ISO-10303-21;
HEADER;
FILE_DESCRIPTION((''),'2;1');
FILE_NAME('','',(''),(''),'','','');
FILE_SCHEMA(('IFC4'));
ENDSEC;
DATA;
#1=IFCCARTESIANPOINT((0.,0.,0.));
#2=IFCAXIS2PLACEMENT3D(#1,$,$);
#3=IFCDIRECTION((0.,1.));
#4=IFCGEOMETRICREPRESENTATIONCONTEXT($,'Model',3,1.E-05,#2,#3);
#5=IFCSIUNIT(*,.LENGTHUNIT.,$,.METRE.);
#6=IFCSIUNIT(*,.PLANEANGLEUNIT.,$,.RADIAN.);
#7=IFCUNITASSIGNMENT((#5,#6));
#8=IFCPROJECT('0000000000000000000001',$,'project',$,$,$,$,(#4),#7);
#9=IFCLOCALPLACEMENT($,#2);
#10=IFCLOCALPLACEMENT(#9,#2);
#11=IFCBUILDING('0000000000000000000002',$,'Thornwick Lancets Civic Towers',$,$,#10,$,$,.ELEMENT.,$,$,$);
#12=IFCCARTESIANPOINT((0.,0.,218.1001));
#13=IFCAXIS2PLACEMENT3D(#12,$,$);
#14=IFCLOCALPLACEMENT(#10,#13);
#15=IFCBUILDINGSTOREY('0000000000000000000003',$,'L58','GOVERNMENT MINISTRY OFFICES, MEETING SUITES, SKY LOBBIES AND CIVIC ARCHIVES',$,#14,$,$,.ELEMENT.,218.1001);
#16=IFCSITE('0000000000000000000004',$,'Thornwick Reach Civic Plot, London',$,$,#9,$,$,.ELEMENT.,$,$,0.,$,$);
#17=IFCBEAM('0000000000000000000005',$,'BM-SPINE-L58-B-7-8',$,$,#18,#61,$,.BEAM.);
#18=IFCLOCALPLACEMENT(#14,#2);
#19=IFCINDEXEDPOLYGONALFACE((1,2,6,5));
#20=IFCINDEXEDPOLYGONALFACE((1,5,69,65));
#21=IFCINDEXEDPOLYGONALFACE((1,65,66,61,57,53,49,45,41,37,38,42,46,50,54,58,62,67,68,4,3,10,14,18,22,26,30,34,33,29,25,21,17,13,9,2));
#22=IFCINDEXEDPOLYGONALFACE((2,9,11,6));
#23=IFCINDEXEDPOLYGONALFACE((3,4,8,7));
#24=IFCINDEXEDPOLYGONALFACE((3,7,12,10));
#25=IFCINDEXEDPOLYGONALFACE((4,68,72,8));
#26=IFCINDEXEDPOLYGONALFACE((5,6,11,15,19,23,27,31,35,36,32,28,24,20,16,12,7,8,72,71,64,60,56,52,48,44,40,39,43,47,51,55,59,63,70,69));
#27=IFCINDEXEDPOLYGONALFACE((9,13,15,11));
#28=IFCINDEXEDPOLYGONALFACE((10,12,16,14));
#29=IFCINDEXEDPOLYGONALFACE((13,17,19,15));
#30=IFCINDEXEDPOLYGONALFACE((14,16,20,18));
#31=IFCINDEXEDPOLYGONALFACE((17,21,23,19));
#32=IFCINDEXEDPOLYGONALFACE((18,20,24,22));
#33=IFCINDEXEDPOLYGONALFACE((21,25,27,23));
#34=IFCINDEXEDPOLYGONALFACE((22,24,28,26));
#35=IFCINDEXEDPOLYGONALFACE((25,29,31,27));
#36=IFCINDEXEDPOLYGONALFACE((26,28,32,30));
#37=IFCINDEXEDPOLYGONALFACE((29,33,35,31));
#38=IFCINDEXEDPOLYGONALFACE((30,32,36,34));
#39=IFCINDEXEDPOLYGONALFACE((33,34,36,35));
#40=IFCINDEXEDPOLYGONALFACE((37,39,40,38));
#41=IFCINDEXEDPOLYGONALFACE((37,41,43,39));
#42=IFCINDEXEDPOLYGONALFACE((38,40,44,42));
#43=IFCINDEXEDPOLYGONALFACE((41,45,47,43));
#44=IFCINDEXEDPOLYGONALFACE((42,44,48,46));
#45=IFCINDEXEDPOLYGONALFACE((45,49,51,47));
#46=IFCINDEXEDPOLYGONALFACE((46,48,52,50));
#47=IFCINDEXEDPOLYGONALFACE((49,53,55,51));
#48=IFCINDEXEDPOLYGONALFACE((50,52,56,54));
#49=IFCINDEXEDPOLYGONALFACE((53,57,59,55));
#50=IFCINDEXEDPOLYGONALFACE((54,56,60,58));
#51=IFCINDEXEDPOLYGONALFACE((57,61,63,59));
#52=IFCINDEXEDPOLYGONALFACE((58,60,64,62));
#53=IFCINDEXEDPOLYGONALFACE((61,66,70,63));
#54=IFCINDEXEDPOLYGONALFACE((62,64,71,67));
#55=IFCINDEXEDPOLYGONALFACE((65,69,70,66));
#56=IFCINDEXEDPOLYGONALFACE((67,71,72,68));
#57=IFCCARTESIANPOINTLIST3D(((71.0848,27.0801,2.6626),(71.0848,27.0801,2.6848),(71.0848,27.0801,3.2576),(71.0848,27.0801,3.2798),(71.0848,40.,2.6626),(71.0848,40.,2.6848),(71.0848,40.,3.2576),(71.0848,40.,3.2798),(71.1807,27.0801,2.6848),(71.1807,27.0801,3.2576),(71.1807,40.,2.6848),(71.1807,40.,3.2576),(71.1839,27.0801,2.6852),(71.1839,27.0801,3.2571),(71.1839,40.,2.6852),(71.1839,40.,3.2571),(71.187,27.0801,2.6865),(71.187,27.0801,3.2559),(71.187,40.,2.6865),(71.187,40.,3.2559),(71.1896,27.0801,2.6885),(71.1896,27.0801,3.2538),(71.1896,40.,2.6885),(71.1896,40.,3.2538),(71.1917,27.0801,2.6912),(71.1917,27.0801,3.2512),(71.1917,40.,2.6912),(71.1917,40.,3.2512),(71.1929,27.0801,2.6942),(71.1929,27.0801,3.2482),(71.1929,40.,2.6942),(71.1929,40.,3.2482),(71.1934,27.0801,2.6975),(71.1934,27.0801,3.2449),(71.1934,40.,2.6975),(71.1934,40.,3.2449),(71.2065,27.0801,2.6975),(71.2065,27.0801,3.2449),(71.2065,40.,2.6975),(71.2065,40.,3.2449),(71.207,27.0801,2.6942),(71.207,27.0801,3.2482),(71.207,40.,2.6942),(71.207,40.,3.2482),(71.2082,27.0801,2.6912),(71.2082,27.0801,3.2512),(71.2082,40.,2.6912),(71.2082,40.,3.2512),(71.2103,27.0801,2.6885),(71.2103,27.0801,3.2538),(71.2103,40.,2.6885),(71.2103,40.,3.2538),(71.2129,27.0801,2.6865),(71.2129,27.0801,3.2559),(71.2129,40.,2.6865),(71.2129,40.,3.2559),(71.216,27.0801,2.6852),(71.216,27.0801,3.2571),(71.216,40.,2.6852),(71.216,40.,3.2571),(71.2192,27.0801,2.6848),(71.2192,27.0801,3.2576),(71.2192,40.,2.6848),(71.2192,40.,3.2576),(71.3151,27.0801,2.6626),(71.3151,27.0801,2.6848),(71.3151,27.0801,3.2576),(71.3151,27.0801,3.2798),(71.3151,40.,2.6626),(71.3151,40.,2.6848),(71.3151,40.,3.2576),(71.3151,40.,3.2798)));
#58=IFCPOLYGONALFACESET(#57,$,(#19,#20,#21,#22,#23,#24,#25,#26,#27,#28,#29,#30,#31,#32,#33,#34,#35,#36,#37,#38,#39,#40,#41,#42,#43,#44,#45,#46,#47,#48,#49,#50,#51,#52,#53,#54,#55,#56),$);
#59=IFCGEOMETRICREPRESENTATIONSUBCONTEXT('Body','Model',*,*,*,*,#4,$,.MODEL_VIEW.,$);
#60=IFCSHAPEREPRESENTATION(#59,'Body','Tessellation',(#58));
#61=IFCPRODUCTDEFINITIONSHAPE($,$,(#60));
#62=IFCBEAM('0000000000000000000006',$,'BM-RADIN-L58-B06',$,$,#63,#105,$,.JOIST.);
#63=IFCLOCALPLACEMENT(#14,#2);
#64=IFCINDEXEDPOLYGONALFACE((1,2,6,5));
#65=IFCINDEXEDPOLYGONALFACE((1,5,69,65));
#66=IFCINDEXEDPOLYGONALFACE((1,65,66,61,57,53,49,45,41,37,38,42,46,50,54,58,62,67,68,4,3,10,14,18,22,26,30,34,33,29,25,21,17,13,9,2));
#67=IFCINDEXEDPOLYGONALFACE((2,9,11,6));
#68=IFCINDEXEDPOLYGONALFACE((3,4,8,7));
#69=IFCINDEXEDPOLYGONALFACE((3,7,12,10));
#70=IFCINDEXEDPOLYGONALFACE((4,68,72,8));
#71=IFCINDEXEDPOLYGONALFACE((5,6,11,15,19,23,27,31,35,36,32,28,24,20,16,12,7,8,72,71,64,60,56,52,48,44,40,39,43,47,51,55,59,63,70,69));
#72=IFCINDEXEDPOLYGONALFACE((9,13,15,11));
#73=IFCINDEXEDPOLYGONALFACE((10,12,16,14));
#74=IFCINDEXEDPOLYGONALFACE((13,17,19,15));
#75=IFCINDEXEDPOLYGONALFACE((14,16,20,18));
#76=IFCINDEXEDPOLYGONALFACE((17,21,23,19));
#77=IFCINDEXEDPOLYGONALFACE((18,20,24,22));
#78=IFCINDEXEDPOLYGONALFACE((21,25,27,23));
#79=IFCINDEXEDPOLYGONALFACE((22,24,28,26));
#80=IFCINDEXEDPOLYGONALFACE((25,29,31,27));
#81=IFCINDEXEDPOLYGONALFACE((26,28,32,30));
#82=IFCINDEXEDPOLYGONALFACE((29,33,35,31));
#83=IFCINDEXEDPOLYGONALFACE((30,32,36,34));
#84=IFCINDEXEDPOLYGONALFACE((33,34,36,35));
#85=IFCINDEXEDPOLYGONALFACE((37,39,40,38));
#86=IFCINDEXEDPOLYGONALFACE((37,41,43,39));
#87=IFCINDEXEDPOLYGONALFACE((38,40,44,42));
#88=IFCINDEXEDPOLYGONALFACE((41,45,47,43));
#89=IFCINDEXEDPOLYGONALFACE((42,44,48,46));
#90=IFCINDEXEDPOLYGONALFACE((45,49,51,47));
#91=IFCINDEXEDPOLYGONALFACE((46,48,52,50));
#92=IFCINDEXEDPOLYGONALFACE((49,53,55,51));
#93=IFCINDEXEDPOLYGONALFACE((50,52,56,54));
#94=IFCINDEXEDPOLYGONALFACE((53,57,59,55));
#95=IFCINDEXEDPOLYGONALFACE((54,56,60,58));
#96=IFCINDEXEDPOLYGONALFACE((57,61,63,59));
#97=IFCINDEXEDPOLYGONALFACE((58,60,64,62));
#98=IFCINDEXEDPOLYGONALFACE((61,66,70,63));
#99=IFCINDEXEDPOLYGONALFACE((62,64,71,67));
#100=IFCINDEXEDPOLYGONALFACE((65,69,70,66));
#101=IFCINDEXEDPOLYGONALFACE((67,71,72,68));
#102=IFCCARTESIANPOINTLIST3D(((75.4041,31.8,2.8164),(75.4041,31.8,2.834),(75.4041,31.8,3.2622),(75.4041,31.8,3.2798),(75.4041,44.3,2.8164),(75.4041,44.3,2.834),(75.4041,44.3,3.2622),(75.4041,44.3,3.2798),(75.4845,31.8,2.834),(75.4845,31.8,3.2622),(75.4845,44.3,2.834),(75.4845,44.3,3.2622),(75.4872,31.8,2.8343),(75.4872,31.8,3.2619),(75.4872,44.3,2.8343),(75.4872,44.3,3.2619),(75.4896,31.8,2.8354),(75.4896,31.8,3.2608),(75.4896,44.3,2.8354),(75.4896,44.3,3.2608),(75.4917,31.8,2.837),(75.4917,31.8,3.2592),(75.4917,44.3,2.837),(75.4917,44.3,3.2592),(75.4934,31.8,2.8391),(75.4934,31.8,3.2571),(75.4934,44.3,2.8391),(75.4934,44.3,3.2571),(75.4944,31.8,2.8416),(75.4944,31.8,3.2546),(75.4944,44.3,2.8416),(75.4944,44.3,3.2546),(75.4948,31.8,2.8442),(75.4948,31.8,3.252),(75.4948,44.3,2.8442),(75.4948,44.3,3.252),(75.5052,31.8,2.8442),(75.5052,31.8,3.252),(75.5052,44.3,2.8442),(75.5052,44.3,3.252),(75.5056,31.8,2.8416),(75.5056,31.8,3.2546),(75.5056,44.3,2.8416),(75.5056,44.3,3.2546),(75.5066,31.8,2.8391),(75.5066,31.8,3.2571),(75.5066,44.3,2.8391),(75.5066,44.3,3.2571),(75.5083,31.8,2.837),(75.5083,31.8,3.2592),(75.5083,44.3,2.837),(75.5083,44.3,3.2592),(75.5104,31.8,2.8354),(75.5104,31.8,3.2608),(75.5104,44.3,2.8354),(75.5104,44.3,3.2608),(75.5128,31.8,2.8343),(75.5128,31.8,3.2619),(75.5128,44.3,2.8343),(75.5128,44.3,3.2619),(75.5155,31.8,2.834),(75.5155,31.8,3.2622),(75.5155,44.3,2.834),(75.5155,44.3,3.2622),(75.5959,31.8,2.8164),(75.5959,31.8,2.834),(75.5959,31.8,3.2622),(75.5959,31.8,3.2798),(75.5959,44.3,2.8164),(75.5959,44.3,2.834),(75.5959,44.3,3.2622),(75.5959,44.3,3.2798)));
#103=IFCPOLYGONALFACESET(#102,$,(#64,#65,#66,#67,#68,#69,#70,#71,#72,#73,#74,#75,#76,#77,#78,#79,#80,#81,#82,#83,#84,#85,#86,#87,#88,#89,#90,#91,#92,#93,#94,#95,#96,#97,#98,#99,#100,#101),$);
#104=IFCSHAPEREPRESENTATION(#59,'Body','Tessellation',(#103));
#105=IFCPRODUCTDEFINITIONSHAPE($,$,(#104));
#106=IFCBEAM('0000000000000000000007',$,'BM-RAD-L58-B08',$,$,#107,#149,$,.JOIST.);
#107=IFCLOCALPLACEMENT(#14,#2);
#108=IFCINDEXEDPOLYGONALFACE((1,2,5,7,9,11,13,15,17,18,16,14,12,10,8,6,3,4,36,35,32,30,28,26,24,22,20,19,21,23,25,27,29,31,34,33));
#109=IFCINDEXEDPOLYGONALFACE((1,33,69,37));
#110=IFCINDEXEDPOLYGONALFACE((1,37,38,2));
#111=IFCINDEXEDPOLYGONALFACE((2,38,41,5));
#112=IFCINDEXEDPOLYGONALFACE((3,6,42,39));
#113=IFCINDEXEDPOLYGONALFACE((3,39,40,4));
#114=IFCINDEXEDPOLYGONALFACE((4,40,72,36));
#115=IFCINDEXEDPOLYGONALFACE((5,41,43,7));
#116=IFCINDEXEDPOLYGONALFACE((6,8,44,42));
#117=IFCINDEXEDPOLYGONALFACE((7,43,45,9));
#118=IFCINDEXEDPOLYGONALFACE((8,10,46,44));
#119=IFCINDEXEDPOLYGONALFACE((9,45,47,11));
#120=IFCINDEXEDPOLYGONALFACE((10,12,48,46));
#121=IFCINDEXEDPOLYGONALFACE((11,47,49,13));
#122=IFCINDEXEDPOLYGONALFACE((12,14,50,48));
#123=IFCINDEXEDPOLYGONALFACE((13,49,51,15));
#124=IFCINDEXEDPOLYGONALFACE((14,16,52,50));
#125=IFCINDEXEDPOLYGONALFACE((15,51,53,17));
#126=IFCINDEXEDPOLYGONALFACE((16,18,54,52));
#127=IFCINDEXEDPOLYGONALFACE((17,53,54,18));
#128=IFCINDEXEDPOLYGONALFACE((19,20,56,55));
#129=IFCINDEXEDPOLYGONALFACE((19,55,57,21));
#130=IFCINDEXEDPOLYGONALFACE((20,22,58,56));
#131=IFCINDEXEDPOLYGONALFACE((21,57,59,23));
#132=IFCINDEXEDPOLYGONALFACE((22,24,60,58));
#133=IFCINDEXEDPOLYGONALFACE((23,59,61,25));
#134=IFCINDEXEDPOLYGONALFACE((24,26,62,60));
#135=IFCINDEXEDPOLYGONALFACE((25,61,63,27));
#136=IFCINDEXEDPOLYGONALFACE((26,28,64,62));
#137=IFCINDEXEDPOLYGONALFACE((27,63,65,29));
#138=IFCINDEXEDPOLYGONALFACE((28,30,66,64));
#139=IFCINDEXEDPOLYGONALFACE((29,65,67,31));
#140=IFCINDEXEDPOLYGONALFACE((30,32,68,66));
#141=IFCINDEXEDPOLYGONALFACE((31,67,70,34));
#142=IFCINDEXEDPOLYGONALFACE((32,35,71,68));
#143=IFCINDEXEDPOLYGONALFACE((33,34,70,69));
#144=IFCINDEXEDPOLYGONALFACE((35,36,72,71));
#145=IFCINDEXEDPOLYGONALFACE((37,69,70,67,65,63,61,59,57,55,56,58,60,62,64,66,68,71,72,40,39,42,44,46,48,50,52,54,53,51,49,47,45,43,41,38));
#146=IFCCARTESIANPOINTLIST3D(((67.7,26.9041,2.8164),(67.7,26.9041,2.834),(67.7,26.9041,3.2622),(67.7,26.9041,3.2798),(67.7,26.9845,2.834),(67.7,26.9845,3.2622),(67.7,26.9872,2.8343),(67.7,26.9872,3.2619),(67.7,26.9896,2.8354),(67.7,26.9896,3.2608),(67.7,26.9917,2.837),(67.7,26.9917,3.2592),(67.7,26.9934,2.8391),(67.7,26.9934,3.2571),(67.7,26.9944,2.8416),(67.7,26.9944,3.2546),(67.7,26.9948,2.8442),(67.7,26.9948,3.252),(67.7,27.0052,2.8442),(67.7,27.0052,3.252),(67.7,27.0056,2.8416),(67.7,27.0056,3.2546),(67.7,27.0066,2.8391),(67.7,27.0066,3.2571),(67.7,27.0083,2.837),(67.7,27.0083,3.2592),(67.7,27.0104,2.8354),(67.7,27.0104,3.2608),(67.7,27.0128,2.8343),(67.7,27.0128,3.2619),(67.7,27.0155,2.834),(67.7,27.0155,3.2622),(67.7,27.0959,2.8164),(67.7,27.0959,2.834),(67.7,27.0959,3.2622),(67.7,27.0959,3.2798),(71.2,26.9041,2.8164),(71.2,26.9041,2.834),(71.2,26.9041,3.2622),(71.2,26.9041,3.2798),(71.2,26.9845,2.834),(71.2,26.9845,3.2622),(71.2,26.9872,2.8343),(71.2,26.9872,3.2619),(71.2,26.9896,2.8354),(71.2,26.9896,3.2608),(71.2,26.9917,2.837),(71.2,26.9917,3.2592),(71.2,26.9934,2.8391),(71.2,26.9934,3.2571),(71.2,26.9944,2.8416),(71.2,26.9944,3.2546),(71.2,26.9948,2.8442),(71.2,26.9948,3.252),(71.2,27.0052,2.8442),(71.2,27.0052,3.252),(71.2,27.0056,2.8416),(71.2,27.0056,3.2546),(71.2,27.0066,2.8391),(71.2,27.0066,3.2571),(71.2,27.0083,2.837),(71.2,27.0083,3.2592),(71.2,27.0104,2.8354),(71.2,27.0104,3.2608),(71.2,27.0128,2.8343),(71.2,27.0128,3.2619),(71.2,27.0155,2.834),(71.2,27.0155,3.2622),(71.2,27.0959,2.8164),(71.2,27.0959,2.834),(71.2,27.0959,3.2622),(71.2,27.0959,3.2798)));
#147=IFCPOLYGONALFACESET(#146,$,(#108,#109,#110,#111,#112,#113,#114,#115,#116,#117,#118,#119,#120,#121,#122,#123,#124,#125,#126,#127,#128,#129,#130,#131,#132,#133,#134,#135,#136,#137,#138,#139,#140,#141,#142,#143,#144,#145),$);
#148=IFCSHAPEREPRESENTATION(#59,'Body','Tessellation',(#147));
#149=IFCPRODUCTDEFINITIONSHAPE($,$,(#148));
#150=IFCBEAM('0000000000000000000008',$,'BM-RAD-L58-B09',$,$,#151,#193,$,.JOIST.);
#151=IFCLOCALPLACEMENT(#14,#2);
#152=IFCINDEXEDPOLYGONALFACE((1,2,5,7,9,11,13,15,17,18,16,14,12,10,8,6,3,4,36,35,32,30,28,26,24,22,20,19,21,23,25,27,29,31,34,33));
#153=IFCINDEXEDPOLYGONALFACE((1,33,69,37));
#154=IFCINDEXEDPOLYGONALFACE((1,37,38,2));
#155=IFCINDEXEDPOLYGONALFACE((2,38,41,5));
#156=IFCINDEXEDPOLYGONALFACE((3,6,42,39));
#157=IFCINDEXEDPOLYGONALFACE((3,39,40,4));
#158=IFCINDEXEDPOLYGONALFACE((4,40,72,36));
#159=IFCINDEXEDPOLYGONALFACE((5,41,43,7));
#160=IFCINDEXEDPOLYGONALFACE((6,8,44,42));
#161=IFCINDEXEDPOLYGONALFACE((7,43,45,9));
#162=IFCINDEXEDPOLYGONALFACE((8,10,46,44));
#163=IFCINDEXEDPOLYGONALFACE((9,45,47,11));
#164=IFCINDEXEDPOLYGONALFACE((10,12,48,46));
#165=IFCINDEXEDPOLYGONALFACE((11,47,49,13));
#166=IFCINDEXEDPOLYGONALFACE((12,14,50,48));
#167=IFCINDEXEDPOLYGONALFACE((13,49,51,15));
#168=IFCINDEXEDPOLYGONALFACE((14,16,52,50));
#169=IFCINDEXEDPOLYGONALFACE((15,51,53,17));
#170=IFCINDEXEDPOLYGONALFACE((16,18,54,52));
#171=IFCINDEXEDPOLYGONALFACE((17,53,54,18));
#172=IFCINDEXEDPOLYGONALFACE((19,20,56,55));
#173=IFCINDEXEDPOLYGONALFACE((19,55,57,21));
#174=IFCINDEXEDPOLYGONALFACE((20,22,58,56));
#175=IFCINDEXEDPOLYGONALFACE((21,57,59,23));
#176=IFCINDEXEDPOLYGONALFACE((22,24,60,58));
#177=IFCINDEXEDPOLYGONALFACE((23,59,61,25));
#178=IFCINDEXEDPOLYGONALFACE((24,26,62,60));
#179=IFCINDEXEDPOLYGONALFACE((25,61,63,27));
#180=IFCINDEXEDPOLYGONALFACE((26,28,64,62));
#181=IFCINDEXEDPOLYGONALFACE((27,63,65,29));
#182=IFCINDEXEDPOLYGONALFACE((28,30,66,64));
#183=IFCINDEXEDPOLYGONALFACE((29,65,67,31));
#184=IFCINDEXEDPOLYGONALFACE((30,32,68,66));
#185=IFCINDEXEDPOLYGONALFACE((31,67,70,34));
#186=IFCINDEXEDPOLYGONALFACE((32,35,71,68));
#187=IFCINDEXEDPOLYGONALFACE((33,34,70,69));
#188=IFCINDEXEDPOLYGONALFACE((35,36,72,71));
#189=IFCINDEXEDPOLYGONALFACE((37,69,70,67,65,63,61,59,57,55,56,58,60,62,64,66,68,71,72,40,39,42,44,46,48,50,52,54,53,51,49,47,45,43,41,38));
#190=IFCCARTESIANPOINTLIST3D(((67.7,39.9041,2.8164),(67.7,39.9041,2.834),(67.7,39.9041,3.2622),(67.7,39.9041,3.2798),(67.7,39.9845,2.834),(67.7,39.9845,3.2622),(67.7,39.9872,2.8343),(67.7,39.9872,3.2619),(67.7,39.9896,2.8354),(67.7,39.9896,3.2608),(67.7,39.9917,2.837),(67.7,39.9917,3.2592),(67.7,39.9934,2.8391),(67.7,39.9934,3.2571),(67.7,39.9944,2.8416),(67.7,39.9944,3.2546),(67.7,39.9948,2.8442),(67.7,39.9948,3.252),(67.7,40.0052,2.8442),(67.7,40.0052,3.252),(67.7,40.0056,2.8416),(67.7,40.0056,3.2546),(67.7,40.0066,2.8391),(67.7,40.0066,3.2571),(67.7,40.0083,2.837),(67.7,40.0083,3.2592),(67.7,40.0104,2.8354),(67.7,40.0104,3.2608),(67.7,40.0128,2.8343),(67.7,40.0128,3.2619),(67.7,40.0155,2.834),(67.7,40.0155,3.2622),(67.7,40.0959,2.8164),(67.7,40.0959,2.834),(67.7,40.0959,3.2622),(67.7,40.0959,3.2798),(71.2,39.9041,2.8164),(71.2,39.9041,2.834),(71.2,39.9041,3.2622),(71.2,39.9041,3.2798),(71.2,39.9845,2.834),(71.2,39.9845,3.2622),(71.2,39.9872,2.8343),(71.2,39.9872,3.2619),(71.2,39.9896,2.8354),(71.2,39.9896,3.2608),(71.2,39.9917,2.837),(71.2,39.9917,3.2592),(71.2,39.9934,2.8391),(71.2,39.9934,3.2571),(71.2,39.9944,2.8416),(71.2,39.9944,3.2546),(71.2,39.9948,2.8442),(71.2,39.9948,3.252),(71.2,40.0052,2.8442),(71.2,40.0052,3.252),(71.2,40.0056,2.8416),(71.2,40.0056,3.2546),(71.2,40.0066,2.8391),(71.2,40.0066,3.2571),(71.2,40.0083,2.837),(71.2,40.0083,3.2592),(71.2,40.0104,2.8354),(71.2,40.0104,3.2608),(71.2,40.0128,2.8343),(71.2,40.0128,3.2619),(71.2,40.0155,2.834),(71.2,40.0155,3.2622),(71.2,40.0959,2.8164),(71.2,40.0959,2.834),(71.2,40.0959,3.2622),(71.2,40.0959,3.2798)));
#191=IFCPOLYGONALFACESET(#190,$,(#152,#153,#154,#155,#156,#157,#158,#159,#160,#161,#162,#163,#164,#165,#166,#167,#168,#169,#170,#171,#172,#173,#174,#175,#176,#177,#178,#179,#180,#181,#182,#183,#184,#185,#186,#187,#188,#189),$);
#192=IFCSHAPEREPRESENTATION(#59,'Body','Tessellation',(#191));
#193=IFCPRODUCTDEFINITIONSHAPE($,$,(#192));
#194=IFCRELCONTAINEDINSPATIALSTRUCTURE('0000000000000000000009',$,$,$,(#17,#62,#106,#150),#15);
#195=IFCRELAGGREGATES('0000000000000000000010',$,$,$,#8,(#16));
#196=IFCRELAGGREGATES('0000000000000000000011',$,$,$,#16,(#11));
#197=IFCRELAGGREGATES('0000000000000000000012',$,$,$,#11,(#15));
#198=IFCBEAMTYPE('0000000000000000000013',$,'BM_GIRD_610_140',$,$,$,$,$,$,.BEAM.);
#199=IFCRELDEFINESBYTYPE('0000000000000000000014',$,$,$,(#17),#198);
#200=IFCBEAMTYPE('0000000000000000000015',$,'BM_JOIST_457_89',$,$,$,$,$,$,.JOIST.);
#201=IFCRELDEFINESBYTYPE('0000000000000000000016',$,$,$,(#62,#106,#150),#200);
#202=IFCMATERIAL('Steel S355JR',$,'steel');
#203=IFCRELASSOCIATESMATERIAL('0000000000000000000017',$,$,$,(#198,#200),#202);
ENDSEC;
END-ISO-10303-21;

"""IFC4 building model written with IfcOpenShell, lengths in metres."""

from ifc_helpers import new_model, si_unit, direction, frame, origin, origin_2d, place, context, subcontext, project, spatial, i_section, extrude, material, material_profile, profile_set, type_object, element, save


model = new_model("IFC4")

# Units and contexts
model_context = context("Model", 3, precision=1e-05, world=origin(), true_north=direction((0.0, 1.0)))
body_context = subcontext(model_context, "Body", "Model", "MODEL_VIEW")
ifc_project = project(units=[si_unit("LENGTHUNIT", "METRE"), si_unit("PLANEANGLEUNIT", "RADIAN")], contexts=[model_context])

# Site, building, storey
site_placement = place(None, origin())
site = spatial("IfcSite", under=ifc_project, at=site_placement, Name="Thornwick Reach Civic Plot, London", CompositionType="ELEMENT", RefElevation=0.0)
building_placement = place(site_placement, origin())
building = spatial("IfcBuilding", under=site, at=building_placement, Name="Thornwick Lancets Civic Towers", CompositionType="ELEMENT")
storey_placement = place(building_placement, frame((0.0, 0.0, 218.1001)))
storey = spatial("IfcBuildingStorey", under=building, at=storey_placement, Name="L58", Description="GOVERNMENT MINISTRY OFFICES, MEETING SUITES, SKY LOBBIES AND CIVIC ARCHIVES", CompositionType="ELEMENT", Elevation=218.1001)

# Shared definitions
ifc_material_1 = material(Name="Steel S355JR", Category="steel")

# Beams
ifc_material_profile_1 = material_profile(ifc_material_1, i_section(OverallWidth=0.2302, OverallDepth=0.6172, WebThickness=0.0132, FlangeThickness=0.0222, FilletRadius=0.0127, at=origin_2d()), Name="UKB 610x229x140")
ifc_profile_set_1 = profile_set([ifc_material_profile_1], Name="Steel S355JR")
beam_type_1 = type_object("IfcBeamType", Name="BM_GIRD_610_140", PredefinedType="BEAM", material=ifc_profile_set_1)
beam_1_placement = place(storey_placement, frame((71.2, 27.0801, 2.9712), z_axis=(0.0, 1.0, 0.0), x_axis=(-1.0, 0.0, 0.0)))
element("IfcBeam", 1, at=beam_1_placement, inside=storey, type_object=beam_type_1, Name="BM-SPINE-L58-B-7-8", PredefinedType="BEAM", context=body_context, shape_type="SweptSolid", body=[
    extrude(i_section(OverallWidth=0.2302, OverallDepth=0.6172, WebThickness=0.0132, FlangeThickness=0.0222, FilletRadius=0.0127, at=origin_2d()), origin(), (0.0, 0.0, 1.0), 12.9199),
])
ifc_material_profile_2 = material_profile(ifc_material_1, i_section(OverallWidth=0.1919, OverallDepth=0.4634, WebThickness=0.0105, FlangeThickness=0.0176, FilletRadius=0.0103, at=origin_2d()), Name="UKB 457x191x89")
ifc_profile_set_2 = profile_set([ifc_material_profile_2], Name="Steel S355JR")
beam_type_2 = type_object("IfcBeamType", Name="BM_JOIST_457_89", PredefinedType="JOIST", material=ifc_profile_set_2)
beam_2_placement = place(storey_placement, frame((75.5, 31.8, 3.0481), z_axis=(0.0, 1.0, 0.0), x_axis=(-1.0, 0.0, 0.0)))
element("IfcBeam", 2, at=beam_2_placement, inside=storey, type_object=beam_type_2, Name="BM-RADIN-L58-B06", PredefinedType="JOIST", context=body_context, shape_type="SweptSolid", body=[
    extrude(i_section(OverallWidth=0.1919, OverallDepth=0.4634, WebThickness=0.0105, FlangeThickness=0.0176, FilletRadius=0.0103, at=origin_2d()), origin(), (0.0, 0.0, 1.0), 12.5),
])
for number, where, z_axis, x_axis, name in (
    (3, (71.2, 27.0, 3.0481), (-1.0, 0.0, 0.0), (0.0, -1.0, 0.0), "BM-RAD-L58-B08"),
    (4, (71.2, 40.0, 3.0481), (-1.0, 0.0, 0.0), (0.0, -1.0, 0.0), "BM-RAD-L58-B09"),
):
    element("IfcBeam", number, at=place(storey_placement, frame(where, z_axis=z_axis, x_axis=x_axis)), inside=storey, type_object=beam_type_2, Name=name, PredefinedType="JOIST", context=body_context, shape_type="SweptSolid", body=[
        extrude(i_section(OverallWidth=0.1919, OverallDepth=0.4634, WebThickness=0.0105, FlangeThickness=0.0176, FilletRadius=0.0103, at=origin_2d()), origin(), (0.0, 0.0, 1.0), 3.5),
    ])

save(model, "model.ifc")
